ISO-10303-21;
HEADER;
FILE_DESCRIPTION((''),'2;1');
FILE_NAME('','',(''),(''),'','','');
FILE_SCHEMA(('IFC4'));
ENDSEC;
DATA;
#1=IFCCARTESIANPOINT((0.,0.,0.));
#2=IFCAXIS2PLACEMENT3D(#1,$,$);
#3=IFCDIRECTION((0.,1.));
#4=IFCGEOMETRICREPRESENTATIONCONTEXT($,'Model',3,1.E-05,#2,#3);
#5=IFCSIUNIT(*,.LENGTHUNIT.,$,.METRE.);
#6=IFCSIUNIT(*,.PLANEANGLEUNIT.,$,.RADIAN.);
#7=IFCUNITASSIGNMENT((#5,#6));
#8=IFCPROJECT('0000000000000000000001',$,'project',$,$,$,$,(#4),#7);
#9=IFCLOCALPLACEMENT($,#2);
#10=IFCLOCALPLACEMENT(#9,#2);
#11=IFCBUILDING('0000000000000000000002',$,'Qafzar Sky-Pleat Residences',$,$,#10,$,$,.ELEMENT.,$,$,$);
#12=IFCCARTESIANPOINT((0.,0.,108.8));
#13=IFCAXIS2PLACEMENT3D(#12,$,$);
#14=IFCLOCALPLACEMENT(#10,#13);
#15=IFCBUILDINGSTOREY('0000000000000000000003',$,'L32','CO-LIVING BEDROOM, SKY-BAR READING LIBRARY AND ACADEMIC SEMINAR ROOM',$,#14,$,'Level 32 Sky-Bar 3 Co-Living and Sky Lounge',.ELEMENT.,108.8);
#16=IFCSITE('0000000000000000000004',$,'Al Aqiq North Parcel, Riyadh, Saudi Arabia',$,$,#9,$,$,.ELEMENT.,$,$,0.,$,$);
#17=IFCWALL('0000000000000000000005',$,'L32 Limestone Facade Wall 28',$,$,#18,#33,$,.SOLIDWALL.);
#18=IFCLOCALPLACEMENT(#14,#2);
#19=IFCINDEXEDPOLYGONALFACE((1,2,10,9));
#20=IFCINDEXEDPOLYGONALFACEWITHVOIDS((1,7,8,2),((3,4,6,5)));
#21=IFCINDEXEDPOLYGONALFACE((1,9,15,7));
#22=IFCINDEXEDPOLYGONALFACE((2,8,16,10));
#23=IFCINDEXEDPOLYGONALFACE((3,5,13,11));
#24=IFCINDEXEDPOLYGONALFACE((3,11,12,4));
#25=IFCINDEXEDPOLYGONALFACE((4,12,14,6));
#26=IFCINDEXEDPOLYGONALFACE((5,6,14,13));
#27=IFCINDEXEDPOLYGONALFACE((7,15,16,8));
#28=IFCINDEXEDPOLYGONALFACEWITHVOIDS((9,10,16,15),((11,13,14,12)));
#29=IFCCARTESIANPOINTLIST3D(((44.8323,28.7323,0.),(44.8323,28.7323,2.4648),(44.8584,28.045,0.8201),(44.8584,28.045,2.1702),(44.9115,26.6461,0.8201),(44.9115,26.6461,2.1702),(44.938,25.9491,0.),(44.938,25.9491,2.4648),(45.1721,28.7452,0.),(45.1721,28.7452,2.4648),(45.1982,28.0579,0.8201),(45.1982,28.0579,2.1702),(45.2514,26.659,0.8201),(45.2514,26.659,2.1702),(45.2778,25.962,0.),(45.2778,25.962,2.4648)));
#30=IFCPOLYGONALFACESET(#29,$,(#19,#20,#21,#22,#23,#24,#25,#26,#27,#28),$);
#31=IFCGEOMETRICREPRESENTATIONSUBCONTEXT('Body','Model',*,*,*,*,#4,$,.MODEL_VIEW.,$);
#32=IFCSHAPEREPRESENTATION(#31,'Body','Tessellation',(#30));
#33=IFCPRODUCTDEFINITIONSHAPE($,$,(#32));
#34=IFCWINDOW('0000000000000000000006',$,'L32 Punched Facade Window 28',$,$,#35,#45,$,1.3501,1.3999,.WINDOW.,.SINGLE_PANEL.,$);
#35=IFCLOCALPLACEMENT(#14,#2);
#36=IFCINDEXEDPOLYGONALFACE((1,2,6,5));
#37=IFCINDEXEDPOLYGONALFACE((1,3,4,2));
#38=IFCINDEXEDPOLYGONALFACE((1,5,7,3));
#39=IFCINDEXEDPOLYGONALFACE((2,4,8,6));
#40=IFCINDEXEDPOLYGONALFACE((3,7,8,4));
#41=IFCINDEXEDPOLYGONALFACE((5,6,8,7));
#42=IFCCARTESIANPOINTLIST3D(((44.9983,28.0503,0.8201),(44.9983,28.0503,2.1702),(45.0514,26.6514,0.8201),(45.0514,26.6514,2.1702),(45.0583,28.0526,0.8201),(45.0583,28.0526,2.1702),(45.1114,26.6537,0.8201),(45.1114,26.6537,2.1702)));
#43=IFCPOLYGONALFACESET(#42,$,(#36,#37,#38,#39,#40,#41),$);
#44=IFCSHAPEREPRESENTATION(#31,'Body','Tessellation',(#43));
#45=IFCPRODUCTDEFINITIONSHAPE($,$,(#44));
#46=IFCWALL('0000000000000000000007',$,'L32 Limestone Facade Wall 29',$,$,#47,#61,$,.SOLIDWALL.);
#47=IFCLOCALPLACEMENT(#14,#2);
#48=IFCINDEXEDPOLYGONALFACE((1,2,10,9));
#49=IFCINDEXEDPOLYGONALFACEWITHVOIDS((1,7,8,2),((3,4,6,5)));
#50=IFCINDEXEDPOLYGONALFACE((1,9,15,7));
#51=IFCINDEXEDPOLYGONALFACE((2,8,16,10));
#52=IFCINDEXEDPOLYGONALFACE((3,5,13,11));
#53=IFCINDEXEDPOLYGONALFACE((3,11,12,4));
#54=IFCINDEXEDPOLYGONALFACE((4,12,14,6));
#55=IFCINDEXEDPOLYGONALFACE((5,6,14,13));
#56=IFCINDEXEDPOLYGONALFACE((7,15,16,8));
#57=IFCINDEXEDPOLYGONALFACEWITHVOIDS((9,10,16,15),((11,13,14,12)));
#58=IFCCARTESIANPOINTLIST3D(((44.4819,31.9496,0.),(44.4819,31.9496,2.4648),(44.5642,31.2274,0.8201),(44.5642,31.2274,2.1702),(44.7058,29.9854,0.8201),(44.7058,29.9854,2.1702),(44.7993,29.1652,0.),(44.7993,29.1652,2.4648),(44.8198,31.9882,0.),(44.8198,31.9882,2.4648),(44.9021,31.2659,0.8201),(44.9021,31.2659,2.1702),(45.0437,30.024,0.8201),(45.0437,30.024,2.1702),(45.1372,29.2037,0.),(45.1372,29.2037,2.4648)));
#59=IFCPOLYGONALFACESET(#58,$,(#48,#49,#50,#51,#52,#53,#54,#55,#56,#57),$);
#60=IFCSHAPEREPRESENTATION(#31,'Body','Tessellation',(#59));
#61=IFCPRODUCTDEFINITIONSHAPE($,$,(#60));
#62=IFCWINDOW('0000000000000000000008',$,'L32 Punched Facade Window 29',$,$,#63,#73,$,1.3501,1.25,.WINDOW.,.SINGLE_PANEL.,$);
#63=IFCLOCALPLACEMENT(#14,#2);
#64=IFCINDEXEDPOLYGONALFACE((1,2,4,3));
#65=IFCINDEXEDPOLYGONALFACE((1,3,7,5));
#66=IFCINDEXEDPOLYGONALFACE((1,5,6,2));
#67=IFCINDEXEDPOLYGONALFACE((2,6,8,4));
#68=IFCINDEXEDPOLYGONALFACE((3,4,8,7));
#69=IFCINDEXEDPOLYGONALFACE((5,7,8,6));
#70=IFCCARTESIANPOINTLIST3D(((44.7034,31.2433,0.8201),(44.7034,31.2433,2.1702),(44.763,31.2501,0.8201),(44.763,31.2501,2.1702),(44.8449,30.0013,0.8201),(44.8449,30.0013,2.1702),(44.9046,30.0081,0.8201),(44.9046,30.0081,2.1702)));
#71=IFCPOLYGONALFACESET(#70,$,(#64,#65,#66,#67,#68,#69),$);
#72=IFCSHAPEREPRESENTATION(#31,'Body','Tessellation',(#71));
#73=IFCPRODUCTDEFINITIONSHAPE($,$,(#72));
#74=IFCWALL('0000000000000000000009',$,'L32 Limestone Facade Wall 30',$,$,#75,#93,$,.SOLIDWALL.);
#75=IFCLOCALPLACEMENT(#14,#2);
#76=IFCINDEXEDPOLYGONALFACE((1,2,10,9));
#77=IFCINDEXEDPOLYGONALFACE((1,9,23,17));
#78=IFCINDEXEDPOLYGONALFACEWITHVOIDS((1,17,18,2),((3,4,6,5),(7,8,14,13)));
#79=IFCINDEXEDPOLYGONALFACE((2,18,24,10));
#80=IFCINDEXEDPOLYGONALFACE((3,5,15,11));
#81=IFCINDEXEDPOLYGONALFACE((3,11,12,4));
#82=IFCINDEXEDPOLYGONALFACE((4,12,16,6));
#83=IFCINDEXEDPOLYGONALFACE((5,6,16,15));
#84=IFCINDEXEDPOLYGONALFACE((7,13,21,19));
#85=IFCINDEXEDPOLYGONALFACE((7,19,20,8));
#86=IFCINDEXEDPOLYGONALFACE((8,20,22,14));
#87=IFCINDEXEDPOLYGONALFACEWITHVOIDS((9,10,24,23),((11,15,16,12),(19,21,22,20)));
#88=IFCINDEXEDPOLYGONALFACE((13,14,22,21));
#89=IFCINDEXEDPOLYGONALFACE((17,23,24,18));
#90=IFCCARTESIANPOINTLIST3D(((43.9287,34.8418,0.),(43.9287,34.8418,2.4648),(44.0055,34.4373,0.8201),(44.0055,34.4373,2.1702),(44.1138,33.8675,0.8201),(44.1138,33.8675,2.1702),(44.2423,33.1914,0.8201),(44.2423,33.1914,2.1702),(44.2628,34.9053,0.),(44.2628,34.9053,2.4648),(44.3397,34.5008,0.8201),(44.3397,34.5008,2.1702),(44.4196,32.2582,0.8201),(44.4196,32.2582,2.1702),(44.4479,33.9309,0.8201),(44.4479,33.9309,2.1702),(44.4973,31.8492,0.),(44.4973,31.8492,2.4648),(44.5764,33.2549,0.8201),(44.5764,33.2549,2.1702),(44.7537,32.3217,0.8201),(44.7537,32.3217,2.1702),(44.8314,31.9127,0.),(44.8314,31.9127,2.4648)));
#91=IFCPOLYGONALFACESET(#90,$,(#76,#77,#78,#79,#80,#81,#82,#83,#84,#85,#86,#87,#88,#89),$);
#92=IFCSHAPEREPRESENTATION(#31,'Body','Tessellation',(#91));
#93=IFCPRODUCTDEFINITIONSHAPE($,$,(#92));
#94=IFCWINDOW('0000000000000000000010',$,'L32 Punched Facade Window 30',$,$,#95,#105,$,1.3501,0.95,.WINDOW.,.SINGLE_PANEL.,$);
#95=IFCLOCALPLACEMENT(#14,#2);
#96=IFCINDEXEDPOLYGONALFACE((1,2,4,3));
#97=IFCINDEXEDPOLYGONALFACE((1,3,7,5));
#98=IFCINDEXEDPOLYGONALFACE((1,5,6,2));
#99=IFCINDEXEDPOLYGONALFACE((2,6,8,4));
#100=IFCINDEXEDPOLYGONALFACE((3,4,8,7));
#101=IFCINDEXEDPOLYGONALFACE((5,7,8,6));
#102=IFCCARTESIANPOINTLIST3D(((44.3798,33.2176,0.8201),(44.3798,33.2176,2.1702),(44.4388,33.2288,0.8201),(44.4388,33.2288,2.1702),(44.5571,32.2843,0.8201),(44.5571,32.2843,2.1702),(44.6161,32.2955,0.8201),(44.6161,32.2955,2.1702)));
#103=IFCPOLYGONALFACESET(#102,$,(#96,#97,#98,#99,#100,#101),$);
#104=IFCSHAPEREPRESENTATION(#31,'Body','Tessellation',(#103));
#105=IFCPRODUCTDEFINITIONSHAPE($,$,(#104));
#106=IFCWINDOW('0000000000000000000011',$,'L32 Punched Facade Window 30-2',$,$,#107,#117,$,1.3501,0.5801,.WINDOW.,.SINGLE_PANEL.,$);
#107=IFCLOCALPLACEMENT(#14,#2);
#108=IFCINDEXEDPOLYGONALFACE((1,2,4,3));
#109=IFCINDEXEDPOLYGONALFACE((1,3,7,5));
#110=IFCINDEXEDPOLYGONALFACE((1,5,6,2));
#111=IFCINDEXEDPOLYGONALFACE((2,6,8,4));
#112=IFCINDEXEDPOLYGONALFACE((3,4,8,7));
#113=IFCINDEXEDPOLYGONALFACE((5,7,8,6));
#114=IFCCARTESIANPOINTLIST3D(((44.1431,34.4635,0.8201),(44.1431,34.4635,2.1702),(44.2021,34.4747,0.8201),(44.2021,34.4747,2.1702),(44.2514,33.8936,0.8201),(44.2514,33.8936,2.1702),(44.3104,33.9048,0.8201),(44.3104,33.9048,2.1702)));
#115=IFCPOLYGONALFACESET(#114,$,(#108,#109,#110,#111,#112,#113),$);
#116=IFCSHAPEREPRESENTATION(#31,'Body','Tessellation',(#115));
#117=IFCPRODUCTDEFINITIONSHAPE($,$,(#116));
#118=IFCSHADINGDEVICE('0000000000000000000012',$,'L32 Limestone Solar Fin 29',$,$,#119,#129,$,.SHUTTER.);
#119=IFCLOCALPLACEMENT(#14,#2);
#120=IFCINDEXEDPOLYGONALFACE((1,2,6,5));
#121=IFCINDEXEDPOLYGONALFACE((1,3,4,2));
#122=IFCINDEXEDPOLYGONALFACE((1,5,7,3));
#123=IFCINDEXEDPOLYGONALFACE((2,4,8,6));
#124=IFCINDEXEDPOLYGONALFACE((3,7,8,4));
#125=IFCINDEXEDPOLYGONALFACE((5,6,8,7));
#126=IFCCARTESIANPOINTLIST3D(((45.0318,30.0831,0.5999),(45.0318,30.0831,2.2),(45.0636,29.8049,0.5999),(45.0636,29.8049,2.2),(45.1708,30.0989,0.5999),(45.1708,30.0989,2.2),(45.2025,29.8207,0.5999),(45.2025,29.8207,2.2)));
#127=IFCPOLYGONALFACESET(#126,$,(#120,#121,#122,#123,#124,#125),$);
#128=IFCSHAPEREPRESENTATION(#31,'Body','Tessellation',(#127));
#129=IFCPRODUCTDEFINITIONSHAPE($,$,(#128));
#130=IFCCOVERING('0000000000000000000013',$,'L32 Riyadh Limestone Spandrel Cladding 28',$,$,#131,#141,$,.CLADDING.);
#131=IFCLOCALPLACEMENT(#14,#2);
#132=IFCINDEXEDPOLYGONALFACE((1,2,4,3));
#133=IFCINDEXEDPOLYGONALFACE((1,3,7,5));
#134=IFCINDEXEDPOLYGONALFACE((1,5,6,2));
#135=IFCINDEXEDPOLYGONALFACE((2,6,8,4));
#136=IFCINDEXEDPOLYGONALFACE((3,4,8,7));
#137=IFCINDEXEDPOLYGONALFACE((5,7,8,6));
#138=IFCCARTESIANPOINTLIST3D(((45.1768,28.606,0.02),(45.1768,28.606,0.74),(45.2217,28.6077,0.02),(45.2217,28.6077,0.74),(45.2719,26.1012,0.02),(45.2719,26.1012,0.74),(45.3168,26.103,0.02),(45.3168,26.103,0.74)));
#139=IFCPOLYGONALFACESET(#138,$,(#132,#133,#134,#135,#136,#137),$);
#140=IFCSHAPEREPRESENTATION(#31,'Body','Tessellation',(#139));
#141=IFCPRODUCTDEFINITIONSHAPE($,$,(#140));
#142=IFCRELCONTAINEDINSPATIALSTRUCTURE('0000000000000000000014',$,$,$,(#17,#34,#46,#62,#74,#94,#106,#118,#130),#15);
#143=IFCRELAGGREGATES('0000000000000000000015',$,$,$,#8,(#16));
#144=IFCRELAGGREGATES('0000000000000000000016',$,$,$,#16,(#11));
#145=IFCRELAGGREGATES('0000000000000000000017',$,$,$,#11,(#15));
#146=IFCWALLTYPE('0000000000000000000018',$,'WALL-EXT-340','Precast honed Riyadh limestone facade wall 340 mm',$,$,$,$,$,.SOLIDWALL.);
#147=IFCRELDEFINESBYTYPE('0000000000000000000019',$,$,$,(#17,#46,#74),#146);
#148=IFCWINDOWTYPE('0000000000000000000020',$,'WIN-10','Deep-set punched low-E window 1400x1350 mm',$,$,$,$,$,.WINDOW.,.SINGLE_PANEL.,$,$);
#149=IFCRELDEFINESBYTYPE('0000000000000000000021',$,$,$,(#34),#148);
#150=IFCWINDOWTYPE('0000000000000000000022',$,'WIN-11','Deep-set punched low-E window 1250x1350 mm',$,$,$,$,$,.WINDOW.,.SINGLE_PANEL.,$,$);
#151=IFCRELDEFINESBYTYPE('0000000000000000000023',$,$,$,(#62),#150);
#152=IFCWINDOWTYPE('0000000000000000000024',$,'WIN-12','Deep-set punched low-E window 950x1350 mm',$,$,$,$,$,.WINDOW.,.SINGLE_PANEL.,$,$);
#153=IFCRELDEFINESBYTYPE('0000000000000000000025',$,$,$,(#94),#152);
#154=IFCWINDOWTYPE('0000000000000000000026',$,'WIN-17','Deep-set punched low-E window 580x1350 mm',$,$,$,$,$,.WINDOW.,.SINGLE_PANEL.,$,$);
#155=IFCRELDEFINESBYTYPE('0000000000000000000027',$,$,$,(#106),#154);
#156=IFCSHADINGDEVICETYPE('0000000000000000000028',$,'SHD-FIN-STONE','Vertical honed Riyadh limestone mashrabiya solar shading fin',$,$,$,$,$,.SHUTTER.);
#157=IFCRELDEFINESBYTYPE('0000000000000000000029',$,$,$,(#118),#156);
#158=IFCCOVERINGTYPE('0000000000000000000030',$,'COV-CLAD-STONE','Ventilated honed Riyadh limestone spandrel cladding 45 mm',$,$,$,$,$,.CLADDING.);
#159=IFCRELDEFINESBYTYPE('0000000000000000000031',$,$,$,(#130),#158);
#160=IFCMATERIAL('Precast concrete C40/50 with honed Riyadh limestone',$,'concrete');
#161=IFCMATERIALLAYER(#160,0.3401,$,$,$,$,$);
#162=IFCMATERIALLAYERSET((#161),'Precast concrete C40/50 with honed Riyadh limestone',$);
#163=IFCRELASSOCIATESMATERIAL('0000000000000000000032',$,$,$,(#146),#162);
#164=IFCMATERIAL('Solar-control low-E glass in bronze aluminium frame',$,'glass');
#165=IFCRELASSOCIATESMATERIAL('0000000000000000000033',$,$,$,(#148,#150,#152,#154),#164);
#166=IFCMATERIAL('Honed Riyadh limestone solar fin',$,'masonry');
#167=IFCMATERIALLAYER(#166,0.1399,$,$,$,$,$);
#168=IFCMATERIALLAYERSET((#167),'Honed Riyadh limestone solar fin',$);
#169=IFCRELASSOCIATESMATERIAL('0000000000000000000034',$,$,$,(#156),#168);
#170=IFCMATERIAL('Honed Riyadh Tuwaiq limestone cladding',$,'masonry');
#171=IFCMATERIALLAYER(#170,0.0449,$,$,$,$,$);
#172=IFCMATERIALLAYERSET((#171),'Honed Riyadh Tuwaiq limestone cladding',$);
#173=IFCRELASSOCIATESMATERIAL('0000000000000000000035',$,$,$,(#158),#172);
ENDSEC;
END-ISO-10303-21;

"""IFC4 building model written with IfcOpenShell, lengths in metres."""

from ifc_helpers import new_model, si_unit, direction, frame, frame_2d, origin, origin_2d, place, context, subcontext, project, spatial, rectangle, extrude, source, transform, mapped, material, layer, layer_set, type_object, element, fill, save


model = new_model("IFC4")

# Units and contexts
model_context = context("Model", 3, precision=1e-05, world=origin(), true_north=direction((0.0, 1.0)))
body_context = subcontext(model_context, "Body", "Model", "MODEL_VIEW")
ifc_project = project(units=[si_unit("LENGTHUNIT", "METRE"), si_unit("PLANEANGLEUNIT", "RADIAN")], contexts=[model_context])

# Site, building, storey
site_placement = place(None, origin())
site = spatial("IfcSite", under=ifc_project, at=site_placement, Name="Al Aqiq North Parcel, Riyadh, Saudi Arabia", CompositionType="ELEMENT", RefElevation=0.0)
building_placement = place(site_placement, origin())
building = spatial("IfcBuilding", under=site, at=building_placement, Name="Qafzar Sky-Pleat Residences", CompositionType="ELEMENT")
storey_placement = place(building_placement, frame((0.0, 0.0, 108.8)))
storey = spatial("IfcBuildingStorey", under=building, at=storey_placement, Name="L32", Description="CO-LIVING BEDROOM, SKY-BAR READING LIBRARY AND ACADEMIC SEMINAR ROOM", LongName="Level 32 Sky-Bar 3 Co-Living and Sky Lounge", CompositionType="ELEMENT", Elevation=108.8)

# Walls, openings, windows
ifc_material_1 = material(Name="Precast concrete C40/50 with honed Riyadh limestone", Category="concrete")
ifc_layer_1 = layer(ifc_material_1, 0.3401)
ifc_layer_set_1 = layer_set([ifc_layer_1], Name="Precast concrete C40/50 with honed Riyadh limestone")
wall_type_1 = type_object("IfcWallType", Name="WALL-EXT-340", Description="Precast honed Riyadh limestone facade wall 340 mm", PredefinedType="SOLIDWALL", material=ifc_layer_set_1)
ifc_material_2 = material(Name="Solar-control low-E glass in bronze aluminium frame", Category="glass")
wall_1_placement = place(storey_placement, frame((45.1079, 25.9556, 0.0), z_axis=(0.0, 0.0, 1.0), x_axis=(-0.037955, 0.999279, 0.0)))
wall_1 = element("IfcWall", 1, at=wall_1_placement, inside=storey, type_object=wall_type_1, Name="L32 Limestone Facade Wall 28", PredefinedType="SOLIDWALL", context=body_context, shape_type="SweptSolid", body=[
    extrude(rectangle(XDim=2.7852, YDim=0.3401, at=frame_2d((1.3926, 0.0))), origin(), (0.0, 0.0, 1.0), 2.4648),
])
opening_1_placement = place(wall_1_placement, frame((0.6975, 0.0, 0.8201)))
opening_1 = element("IfcOpeningElement", 2, at=opening_1_placement, cuts=wall_1, PredefinedType="OPENING", context=body_context, shape_type="SweptSolid", body=[
    extrude(rectangle(XDim=1.3999, YDim=1.3501, at=frame_2d((0.7, 0.675))), frame((0.0, 0.1802, 0.0), z_axis=(0.0, -1.0, 0.0), x_axis=(1.0, 0.0, 0.0)), (0.0, 0.0, 1.0), 0.3601),
])
window_type_1 = type_object("IfcWindowType", Name="WIN-10", Description="Deep-set punched low-E window 1400x1350 mm", PartitioningType="SINGLE_PANEL", PredefinedType="WINDOW", material=ifc_material_2)
shared_shape_1 = source(origin(), body_context, "Body", "SweptSolid", [
    extrude(rectangle(XDim=1.3999, YDim=1.3501, at=frame_2d((0.7, 0.675))), frame((0.0, 0.03, 0.0), z_axis=(0.0, -1.0, 0.0), x_axis=(1.0, 0.0, 0.0)), (0.0, 0.0, 1.0), 0.0601),
])
window_1_placement = place(opening_1_placement, origin())
window_1 = element("IfcWindow", 3, at=window_1_placement, inside=storey, type_object=window_type_1, Name="L32 Punched Facade Window 28", OverallHeight=1.3501, OverallWidth=1.3999, PartitioningType="SINGLE_PANEL", PredefinedType="WINDOW", context=body_context, shape_type="MappedRepresentation", body=[
    mapped(shared_shape_1, transform((0.0, 0.0, 0.0), x_axis=(1.0, 0.0, 0.0), y_axis=(0.0, 1.0, 0.0), z_axis=(0.0, 0.0, 1.0), scale=1.0)),
])
fill(opening_1, window_1)
wall_2_placement = place(storey_placement, frame((44.9683, 29.1843, 0.0), z_axis=(0.0, 0.0, 1.0), x_axis=(-0.113252, 0.993566, 0.0)))
wall_2 = element("IfcWall", 4, at=wall_2_placement, inside=storey, type_object=wall_type_1, Name="L32 Limestone Facade Wall 29", PredefinedType="SOLIDWALL", context=body_context, shape_type="SweptSolid", body=[
    extrude(rectangle(XDim=2.8025, YDim=0.3401, at=frame_2d((1.4014, 0.0))), origin(), (0.0, 0.0, 1.0), 2.4648),
])
opening_2_placement = place(wall_2_placement, frame((0.8257, 0.0, 0.8201)))
opening_2 = element("IfcOpeningElement", 5, at=opening_2_placement, cuts=wall_2, PredefinedType="OPENING", context=body_context, shape_type="SweptSolid", body=[
    extrude(rectangle(XDim=1.25, YDim=1.3501, at=frame_2d((0.625, 0.675))), frame((0.0, 0.1802, 0.0), z_axis=(0.0, -1.0, 0.0), x_axis=(1.0, 0.0, 0.0)), (0.0, 0.0, 1.0), 0.3601),
])
window_type_2 = type_object("IfcWindowType", Name="WIN-11", Description="Deep-set punched low-E window 1250x1350 mm", PartitioningType="SINGLE_PANEL", PredefinedType="WINDOW", material=ifc_material_2)
shared_shape_2 = source(origin(), body_context, "Body", "SweptSolid", [
    extrude(rectangle(XDim=1.25, YDim=1.3501, at=frame_2d((0.625, 0.675))), frame((0.0, 0.03, 0.0), z_axis=(0.0, -1.0, 0.0), x_axis=(1.0, 0.0, 0.0)), (0.0, 0.0, 1.0), 0.0601),
])
window_2_placement = place(opening_2_placement, origin())
window_2 = element("IfcWindow", 6, at=window_2_placement, inside=storey, type_object=window_type_2, Name="L32 Punched Facade Window 29", OverallHeight=1.3501, OverallWidth=1.25, PartitioningType="SINGLE_PANEL", PredefinedType="WINDOW", context=body_context, shape_type="MappedRepresentation", body=[
    mapped(shared_shape_2, transform((0.0, 0.0, 0.0), x_axis=(1.0, 0.0, 0.0), y_axis=(0.0, 1.0, 0.0), z_axis=(0.0, 0.0, 1.0), scale=1.0)),
])
fill(opening_2, window_2)

# Wall, openings, windows
wall_3_placement = place(storey_placement, frame((44.6643, 31.8811, 0.0), z_axis=(0.0, 0.0, 1.0), x_axis=(-0.186659, 0.982425, 0.0)))
wall_3 = element("IfcWall", 7, at=wall_3_placement, inside=storey, type_object=wall_type_1, Name="L32 Limestone Facade Wall 30", PredefinedType="SOLIDWALL", context=body_context, shape_type="SweptSolid", body=[
    extrude(rectangle(XDim=3.0461, YDim=0.3401, at=frame_2d((1.5229, 0.0))), origin(), (0.0, 0.0, 1.0), 2.4648),
])
opening_3_placement = place(wall_3_placement, frame((0.416, 0.0, 0.8201)))
opening_3 = element("IfcOpeningElement", 8, at=opening_3_placement, cuts=wall_3, PredefinedType="OPENING", context=body_context, shape_type="SweptSolid", body=[
    extrude(rectangle(XDim=0.95, YDim=1.3501, at=frame_2d((0.4751, 0.675))), frame((0.0, 0.1802, 0.0), z_axis=(0.0, -1.0, 0.0), x_axis=(1.0, 0.0, 0.0)), (0.0, 0.0, 1.0), 0.3601),
])
opening_4_placement = place(wall_3_placement, frame((2.0542, 0.0, 0.8201)))
opening_4 = element("IfcOpeningElement", 9, at=opening_4_placement, cuts=wall_3, PredefinedType="OPENING", context=body_context, shape_type="SweptSolid", body=[
    extrude(rectangle(XDim=0.5801, YDim=1.3501, at=frame_2d((0.29, 0.675))), frame((0.0, 0.1802, 0.0), z_axis=(0.0, -1.0, 0.0), x_axis=(1.0, 0.0, 0.0)), (0.0, 0.0, 1.0), 0.3601),
])
window_type_3 = type_object("IfcWindowType", Name="WIN-12", Description="Deep-set punched low-E window 950x1350 mm", PartitioningType="SINGLE_PANEL", PredefinedType="WINDOW", material=ifc_material_2)
shared_shape_3 = source(origin(), body_context, "Body", "SweptSolid", [
    extrude(rectangle(XDim=0.95, YDim=1.3501, at=frame_2d((0.4751, 0.675))), frame((0.0, 0.03, 0.0), z_axis=(0.0, -1.0, 0.0), x_axis=(1.0, 0.0, 0.0)), (0.0, 0.0, 1.0), 0.0601),
])
window_3_placement = place(opening_3_placement, origin())
window_3 = element("IfcWindow", 10, at=window_3_placement, inside=storey, type_object=window_type_3, Name="L32 Punched Facade Window 30", OverallHeight=1.3501, OverallWidth=0.95, PartitioningType="SINGLE_PANEL", PredefinedType="WINDOW", context=body_context, shape_type="MappedRepresentation", body=[
    mapped(shared_shape_3, transform((0.0, 0.0, 0.0), x_axis=(1.0, 0.0, 0.0), y_axis=(0.0, 1.0, 0.0), z_axis=(0.0, 0.0, 1.0), scale=1.0)),
])
fill(opening_3, window_3)
window_type_4 = type_object("IfcWindowType", Name="WIN-17", Description="Deep-set punched low-E window 580x1350 mm", PartitioningType="SINGLE_PANEL", PredefinedType="WINDOW", material=ifc_material_2)
shared_shape_4 = source(origin(), body_context, "Body", "SweptSolid", [
    extrude(rectangle(XDim=0.5801, YDim=1.3501, at=frame_2d((0.29, 0.675))), frame((0.0, 0.03, 0.0), z_axis=(0.0, -1.0, 0.0), x_axis=(1.0, 0.0, 0.0)), (0.0, 0.0, 1.0), 0.0601),
])
window_4_placement = place(opening_4_placement, origin())
window_4 = element("IfcWindow", 11, at=window_4_placement, inside=storey, type_object=window_type_4, Name="L32 Punched Facade Window 30-2", OverallHeight=1.3501, OverallWidth=0.5801, PartitioningType="SINGLE_PANEL", PredefinedType="WINDOW", context=body_context, shape_type="MappedRepresentation", body=[
    mapped(shared_shape_4, transform((0.0, 0.0, 0.0), x_axis=(1.0, 0.0, 0.0), y_axis=(0.0, 1.0, 0.0), z_axis=(0.0, 0.0, 1.0), scale=1.0)),
])
fill(opening_4, window_4)

# Shading device
ifc_material_3 = material(Name="Honed Riyadh limestone solar fin", Category="masonry")
ifc_layer_2 = layer(ifc_material_3, 0.1399)
ifc_layer_set_2 = layer_set([ifc_layer_2], Name="Honed Riyadh limestone solar fin")
shading_device_type = type_object("IfcShadingDeviceType", Name="SHD-FIN-STONE", Description="Vertical honed Riyadh limestone mashrabiya solar shading fin", PredefinedType="SHUTTER", material=ifc_layer_set_2)
shared_shape_5 = source(origin(), body_context, "Body", "SweptSolid", [
    extrude(rectangle(XDim=0.1399, YDim=0.28, at=origin_2d()), origin(), (0.0, 0.0, 1.0), 1.6001),
])
shading_device_placement = place(storey_placement, frame((45.1172, 29.9519, 0.5999), z_axis=(0.0, 0.0, 1.0), x_axis=(0.993563, 0.113279, 0.0)))
element("IfcShadingDevice", 12, at=shading_device_placement, inside=storey, type_object=shading_device_type, Name="L32 Limestone Solar Fin 29", PredefinedType="SHUTTER", context=body_context, shape_type="MappedRepresentation", body=[
    mapped(shared_shape_5, transform((0.0, 0.0, 0.0), x_axis=(1.0, 0.0, 0.0), y_axis=(0.0, 1.0, 0.0), z_axis=(0.0, 0.0, 1.0), scale=1.0)),
])

# Covering
ifc_material_4 = material(Name="Honed Riyadh Tuwaiq limestone cladding", Category="masonry")
ifc_layer_3 = layer(ifc_material_4, 0.0449)
ifc_layer_set_3 = layer_set([ifc_layer_3], Name="Honed Riyadh Tuwaiq limestone cladding")
covering_type = type_object("IfcCoveringType", Name="COV-CLAD-STONE", Description="Ventilated honed Riyadh limestone spandrel cladding 45 mm", PredefinedType="CLADDING", material=ifc_layer_set_3)
shared_shape_6 = source(origin(), body_context, "Body", "SweptSolid", [
    extrude(rectangle(XDim=2.5066, YDim=0.0449, at=origin_2d()), origin(), (0.0, 0.0, 1.0), 0.72),
])
covering_placement = place(storey_placement, frame((45.2468, 27.3545, 0.02), z_axis=(0.0, 0.0, 1.0), x_axis=(-0.037951, 0.99928, 0.0)))
element("IfcCovering", 13, at=covering_placement, inside=storey, type_object=covering_type, Name="L32 Riyadh Limestone Spandrel Cladding 28", PredefinedType="CLADDING", context=body_context, shape_type="MappedRepresentation", body=[
    mapped(shared_shape_6, transform((0.0, 0.0, 0.0), x_axis=(1.0, 0.0, 0.0), y_axis=(0.0, 1.0, 0.0), z_axis=(0.0, 0.0, 1.0), scale=1.0)),
])

save(model, "model.ifc")
